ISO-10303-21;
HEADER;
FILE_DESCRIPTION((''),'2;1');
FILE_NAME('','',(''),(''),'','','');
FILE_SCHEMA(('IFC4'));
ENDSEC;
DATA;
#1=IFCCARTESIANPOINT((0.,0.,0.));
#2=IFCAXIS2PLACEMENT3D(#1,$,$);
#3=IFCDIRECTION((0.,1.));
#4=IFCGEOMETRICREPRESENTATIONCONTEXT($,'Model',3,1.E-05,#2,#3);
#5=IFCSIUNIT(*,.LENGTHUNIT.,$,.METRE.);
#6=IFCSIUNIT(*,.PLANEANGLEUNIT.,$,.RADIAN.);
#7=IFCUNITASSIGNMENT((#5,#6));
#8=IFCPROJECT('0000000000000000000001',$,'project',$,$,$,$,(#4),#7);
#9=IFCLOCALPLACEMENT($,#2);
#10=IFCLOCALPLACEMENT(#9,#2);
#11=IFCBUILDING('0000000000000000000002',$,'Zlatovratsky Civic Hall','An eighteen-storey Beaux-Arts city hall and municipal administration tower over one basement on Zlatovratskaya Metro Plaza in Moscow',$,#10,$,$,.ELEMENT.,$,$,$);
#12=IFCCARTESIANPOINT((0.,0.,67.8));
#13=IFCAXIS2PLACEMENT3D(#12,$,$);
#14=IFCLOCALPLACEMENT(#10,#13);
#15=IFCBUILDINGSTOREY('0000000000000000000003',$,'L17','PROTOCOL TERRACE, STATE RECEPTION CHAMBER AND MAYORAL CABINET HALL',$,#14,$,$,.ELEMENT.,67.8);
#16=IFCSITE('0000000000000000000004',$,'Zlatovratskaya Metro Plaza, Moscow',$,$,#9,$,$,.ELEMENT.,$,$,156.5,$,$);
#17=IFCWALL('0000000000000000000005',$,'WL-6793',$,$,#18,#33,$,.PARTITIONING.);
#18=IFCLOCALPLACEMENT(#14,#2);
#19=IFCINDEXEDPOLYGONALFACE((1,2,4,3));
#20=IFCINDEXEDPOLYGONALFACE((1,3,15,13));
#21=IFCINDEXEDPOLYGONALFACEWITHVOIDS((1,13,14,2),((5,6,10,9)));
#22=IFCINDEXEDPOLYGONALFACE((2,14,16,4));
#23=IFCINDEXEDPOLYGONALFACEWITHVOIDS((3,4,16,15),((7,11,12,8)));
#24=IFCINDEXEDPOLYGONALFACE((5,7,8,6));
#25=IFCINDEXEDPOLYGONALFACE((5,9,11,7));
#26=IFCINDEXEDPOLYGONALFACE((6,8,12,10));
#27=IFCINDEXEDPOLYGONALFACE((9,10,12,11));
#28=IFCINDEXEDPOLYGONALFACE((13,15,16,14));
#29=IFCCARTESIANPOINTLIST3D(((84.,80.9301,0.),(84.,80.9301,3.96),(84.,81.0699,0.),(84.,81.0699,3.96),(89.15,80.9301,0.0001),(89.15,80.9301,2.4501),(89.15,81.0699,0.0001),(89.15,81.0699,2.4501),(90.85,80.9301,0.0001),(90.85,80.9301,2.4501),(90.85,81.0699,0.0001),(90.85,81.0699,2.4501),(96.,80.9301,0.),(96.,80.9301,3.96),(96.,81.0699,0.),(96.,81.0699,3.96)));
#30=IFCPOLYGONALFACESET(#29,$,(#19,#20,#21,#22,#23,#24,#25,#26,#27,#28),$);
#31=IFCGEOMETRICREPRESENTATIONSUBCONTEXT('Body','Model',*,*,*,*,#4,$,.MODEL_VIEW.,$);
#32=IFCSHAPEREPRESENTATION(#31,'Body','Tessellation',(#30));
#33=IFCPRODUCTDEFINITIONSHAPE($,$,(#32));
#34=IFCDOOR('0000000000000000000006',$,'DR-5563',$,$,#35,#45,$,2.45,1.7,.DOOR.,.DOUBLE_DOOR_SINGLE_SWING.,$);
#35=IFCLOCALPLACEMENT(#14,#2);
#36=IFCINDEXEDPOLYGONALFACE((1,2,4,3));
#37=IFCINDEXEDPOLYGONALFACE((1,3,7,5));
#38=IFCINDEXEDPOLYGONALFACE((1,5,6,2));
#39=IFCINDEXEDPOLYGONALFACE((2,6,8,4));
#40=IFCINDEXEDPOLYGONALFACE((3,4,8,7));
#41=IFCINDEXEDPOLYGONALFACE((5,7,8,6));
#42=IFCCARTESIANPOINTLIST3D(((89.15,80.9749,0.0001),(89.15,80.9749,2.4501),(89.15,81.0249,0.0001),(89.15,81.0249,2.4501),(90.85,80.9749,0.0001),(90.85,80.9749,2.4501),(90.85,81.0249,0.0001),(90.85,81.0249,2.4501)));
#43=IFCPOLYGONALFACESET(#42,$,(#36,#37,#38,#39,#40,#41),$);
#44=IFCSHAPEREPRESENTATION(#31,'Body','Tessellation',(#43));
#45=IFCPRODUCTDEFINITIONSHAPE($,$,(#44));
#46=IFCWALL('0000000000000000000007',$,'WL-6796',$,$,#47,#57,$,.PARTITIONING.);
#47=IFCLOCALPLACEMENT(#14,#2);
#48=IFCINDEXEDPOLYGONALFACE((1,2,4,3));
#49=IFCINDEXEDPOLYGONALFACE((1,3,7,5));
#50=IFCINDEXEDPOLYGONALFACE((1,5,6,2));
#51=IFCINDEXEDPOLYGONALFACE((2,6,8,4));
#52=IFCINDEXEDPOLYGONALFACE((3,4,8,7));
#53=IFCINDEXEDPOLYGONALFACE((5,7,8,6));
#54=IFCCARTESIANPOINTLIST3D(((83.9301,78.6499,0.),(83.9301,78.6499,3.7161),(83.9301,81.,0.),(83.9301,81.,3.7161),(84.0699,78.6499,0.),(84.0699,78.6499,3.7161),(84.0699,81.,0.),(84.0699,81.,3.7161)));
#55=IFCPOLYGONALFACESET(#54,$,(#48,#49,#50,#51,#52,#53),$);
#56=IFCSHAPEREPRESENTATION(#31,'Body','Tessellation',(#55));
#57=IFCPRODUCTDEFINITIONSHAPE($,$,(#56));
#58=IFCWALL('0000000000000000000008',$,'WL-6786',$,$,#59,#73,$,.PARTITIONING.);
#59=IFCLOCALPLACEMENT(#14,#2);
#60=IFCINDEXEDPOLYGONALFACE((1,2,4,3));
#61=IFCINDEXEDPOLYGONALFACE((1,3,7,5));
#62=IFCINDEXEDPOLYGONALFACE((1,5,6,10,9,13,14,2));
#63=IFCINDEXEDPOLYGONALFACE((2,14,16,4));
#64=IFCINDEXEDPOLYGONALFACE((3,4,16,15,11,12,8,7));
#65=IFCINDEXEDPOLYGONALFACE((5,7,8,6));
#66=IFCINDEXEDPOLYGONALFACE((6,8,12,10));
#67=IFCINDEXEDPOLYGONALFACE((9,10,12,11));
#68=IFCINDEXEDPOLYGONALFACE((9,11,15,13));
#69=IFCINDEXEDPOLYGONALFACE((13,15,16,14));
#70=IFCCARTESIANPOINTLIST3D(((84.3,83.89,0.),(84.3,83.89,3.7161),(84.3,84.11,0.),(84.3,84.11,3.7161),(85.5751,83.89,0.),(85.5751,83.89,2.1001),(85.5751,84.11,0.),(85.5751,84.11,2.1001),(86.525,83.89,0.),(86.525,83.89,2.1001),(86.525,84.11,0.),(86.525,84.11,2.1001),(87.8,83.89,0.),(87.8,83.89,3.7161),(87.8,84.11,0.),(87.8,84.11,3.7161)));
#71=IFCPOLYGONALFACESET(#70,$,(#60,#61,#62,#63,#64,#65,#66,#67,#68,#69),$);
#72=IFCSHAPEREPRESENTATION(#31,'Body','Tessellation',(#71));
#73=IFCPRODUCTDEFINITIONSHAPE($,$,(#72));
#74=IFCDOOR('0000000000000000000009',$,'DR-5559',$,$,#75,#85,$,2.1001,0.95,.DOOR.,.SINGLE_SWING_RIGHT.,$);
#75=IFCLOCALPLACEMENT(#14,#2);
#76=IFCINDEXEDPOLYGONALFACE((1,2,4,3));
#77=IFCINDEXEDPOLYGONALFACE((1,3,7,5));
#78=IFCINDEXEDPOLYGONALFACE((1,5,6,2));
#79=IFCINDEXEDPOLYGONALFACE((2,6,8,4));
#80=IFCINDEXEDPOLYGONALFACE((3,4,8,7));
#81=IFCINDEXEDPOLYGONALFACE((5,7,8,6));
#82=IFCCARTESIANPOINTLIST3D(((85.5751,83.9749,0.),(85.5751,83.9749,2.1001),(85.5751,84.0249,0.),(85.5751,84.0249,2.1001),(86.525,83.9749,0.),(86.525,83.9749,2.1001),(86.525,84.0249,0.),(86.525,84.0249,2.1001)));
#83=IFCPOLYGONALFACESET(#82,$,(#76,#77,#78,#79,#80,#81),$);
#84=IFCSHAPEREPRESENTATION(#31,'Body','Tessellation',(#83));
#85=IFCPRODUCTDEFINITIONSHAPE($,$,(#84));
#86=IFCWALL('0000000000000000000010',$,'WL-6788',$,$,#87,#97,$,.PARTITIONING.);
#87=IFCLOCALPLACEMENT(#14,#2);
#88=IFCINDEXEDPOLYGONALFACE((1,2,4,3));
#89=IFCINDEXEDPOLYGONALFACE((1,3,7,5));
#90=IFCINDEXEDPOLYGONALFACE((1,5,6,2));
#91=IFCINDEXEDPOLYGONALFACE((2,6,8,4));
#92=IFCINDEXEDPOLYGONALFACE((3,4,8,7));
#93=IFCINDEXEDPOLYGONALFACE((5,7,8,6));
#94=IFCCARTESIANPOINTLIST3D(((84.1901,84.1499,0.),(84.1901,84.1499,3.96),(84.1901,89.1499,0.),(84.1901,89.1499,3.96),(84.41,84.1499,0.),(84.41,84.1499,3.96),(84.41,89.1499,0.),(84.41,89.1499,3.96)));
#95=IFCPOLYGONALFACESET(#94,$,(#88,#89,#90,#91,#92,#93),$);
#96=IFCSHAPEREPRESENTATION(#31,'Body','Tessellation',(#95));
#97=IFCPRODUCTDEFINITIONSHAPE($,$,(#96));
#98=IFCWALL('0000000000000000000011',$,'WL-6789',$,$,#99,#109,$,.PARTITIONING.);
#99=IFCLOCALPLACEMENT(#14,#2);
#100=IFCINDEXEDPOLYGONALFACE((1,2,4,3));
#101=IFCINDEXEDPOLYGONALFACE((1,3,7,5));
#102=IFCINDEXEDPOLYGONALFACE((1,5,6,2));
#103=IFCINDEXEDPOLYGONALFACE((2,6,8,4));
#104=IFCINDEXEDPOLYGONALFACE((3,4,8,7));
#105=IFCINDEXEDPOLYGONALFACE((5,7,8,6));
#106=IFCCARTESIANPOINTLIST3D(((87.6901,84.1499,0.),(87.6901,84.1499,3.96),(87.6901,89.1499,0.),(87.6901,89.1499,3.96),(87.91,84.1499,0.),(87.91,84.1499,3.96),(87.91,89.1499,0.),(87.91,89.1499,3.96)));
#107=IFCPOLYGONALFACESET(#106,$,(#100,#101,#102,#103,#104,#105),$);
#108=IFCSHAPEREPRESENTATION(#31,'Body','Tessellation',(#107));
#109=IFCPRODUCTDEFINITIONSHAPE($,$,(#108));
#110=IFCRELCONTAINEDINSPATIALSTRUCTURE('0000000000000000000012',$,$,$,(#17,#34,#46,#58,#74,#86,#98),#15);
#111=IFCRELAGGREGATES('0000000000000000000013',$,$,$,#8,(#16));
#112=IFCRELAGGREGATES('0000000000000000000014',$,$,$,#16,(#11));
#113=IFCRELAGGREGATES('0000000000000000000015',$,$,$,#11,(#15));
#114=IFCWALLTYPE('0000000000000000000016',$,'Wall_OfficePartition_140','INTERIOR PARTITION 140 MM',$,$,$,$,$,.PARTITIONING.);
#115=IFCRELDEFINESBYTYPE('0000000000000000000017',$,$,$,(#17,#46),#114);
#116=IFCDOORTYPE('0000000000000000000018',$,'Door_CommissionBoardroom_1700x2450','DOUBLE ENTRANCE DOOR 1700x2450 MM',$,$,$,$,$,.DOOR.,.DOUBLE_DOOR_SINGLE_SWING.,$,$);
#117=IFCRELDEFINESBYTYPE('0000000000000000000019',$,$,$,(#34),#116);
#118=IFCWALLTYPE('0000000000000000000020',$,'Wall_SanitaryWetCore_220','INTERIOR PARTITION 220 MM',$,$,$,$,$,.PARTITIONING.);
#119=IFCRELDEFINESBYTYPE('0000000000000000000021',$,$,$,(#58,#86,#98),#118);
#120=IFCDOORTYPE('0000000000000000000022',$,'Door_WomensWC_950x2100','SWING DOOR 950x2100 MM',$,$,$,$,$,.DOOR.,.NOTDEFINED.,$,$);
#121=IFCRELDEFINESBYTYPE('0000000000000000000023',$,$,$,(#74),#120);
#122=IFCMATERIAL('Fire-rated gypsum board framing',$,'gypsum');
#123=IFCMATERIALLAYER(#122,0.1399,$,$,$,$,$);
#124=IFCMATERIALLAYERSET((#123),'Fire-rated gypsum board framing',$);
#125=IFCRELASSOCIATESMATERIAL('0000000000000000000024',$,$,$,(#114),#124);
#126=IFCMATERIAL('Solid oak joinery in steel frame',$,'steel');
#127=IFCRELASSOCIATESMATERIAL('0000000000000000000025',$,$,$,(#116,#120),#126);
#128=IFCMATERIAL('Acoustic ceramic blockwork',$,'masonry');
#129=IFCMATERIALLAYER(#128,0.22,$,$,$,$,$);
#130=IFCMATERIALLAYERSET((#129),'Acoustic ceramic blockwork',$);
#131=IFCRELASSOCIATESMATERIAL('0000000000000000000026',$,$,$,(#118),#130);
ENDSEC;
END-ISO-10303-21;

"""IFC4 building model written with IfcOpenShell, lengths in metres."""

from ifc_helpers import new_model, si_unit, direction, frame, frame_2d, origin, place, context, subcontext, project, spatial, rectangle, extrude, material, layer, layer_set, type_object, element, fill, save


model = new_model("IFC4")

# Units and contexts
model_context = context("Model", 3, precision=1e-05, world=origin(), true_north=direction((0.0, 1.0)))
body_context = subcontext(model_context, "Body", "Model", "MODEL_VIEW")
ifc_project = project(units=[si_unit("LENGTHUNIT", "METRE"), si_unit("PLANEANGLEUNIT", "RADIAN")], contexts=[model_context])

# Site, building, storey
site_placement = place(None, origin())
site = spatial("IfcSite", under=ifc_project, at=site_placement, Name="Zlatovratskaya Metro Plaza, Moscow", CompositionType="ELEMENT", RefElevation=156.5)
building_placement = place(site_placement, origin())
building = spatial("IfcBuilding", under=site, at=building_placement, Name="Zlatovratsky Civic Hall", Description="An eighteen-storey Beaux-Arts city hall and municipal administration tower over one basement on Zlatovratskaya Metro Plaza in Moscow", CompositionType="ELEMENT")
storey_placement = place(building_placement, frame((0.0, 0.0, 67.8)))
storey = spatial("IfcBuildingStorey", under=building, at=storey_placement, Name="L17", Description="PROTOCOL TERRACE, STATE RECEPTION CHAMBER AND MAYORAL CABINET HALL", CompositionType="ELEMENT", Elevation=67.8)

# Wall, opening, door
ifc_material_1 = material(Name="Fire-rated gypsum board framing", Category="gypsum")
ifc_layer_1 = layer(ifc_material_1, 0.1399)
ifc_layer_set_1 = layer_set([ifc_layer_1], Name="Fire-rated gypsum board framing")
wall_type_1 = type_object("IfcWallType", Name="Wall_OfficePartition_140", Description="INTERIOR PARTITION 140 MM", PredefinedType="PARTITIONING", material=ifc_layer_set_1)
wall_1_placement = place(storey_placement, frame((84.0, 81.0, 0.0), z_axis=(0.0, 0.0, 1.0), x_axis=(1.0, 0.0, 0.0)))
wall_1 = element("IfcWall", 1, at=wall_1_placement, inside=storey, type_object=wall_type_1, Name="WL-6793", PredefinedType="PARTITIONING", context=body_context, shape_type="SweptSolid", body=[
    extrude(rectangle(XDim=12.0, YDim=0.1399, at=frame_2d((6.0, 0.0))), origin(), (0.0, 0.0, 1.0), 3.96),
])
opening_1_placement = place(wall_1_placement, frame((5.1499, 0.0, 0.0)))
opening_1 = element("IfcOpeningElement", 2, at=opening_1_placement, cuts=wall_1, PredefinedType="OPENING", context=body_context, shape_type="SweptSolid", body=[
    extrude(rectangle(XDim=1.7, YDim=2.45, at=frame_2d((0.8501, 1.2251))), frame((0.0, 0.085, 0.0), z_axis=(0.0, -1.0, 0.0), x_axis=(1.0, 0.0, 0.0)), (0.0, 0.0, 1.0), 0.1697),
])
ifc_material_2 = material(Name="Solid oak joinery in steel frame", Category="steel")
door_type_1 = type_object("IfcDoorType", Name="Door_CommissionBoardroom_1700x2450", Description="DOUBLE ENTRANCE DOOR 1700x2450 MM", OperationType="DOUBLE_DOOR_SINGLE_SWING", PredefinedType="DOOR", material=ifc_material_2)
door_1_placement = place(opening_1_placement, origin())
door_1 = element("IfcDoor", 3, at=door_1_placement, inside=storey, type_object=door_type_1, Name="DR-5563", OperationType="DOUBLE_DOOR_SINGLE_SWING", OverallHeight=2.45, OverallWidth=1.7, PredefinedType="DOOR", context=body_context, shape_type="SweptSolid", body=[
    extrude(rectangle(XDim=1.7, YDim=2.45, at=frame_2d((0.8501, 1.2251))), frame((0.0, 0.0249, 0.0), z_axis=(0.0, -1.0, 0.0), x_axis=(1.0, 0.0, 0.0)), (0.0, 0.0, 1.0), 0.05),
])
fill(opening_1, door_1)

# Wall
wall_2_placement = place(storey_placement, frame((84.0, 78.6499, 0.0), z_axis=(0.0, 0.0, 1.0), x_axis=(0.0, 1.0, 0.0)))
element("IfcWall", 4, at=wall_2_placement, inside=storey, type_object=wall_type_1, Name="WL-6796", PredefinedType="PARTITIONING", context=body_context, shape_type="SweptSolid", body=[
    extrude(rectangle(XDim=2.3501, YDim=0.1399, at=frame_2d((1.175, 0.0))), origin(), (0.0, 0.0, 1.0), 3.7161),
])

# Wall, opening, door
ifc_material_3 = material(Name="Acoustic ceramic blockwork", Category="masonry")
ifc_layer_2 = layer(ifc_material_3, 0.22)
ifc_layer_set_2 = layer_set([ifc_layer_2], Name="Acoustic ceramic blockwork")
wall_type_2 = type_object("IfcWallType", Name="Wall_SanitaryWetCore_220", Description="INTERIOR PARTITION 220 MM", PredefinedType="PARTITIONING", material=ifc_layer_set_2)
wall_3_placement = place(storey_placement, frame((84.3, 84.0, 0.0), z_axis=(0.0, 0.0, 1.0), x_axis=(1.0, 0.0, 0.0)))
wall_3 = element("IfcWall", 5, at=wall_3_placement, inside=storey, type_object=wall_type_2, Name="WL-6786", PredefinedType="PARTITIONING", context=body_context, shape_type="SweptSolid", body=[
    extrude(rectangle(XDim=3.5, YDim=0.22, at=frame_2d((1.75, 0.0))), origin(), (0.0, 0.0, 1.0), 3.7161),
])
opening_2_placement = place(wall_3_placement, frame((1.2749, 0.0, 0.0)))
opening_2 = element("IfcOpeningElement", 6, at=opening_2_placement, cuts=wall_3, PredefinedType="OPENING", context=body_context, shape_type="SweptSolid", body=[
    extrude(rectangle(XDim=0.95, YDim=2.1001, at=frame_2d((0.4751, 1.05))), frame((0.0, 0.125, 0.0), z_axis=(0.0, -1.0, 0.0), x_axis=(1.0, 0.0, 0.0)), (0.0, 0.0, 1.0), 0.2498),
])
door_type_2 = type_object("IfcDoorType", Name="Door_WomensWC_950x2100", Description="SWING DOOR 950x2100 MM", OperationType="NOTDEFINED", PredefinedType="DOOR", material=ifc_material_2)
door_2_placement = place(opening_2_placement, origin())
door_2 = element("IfcDoor", 7, at=door_2_placement, inside=storey, type_object=door_type_2, Name="DR-5559", OperationType="SINGLE_SWING_RIGHT", OverallHeight=2.1001, OverallWidth=0.95, PredefinedType="DOOR", context=body_context, shape_type="SweptSolid", body=[
    extrude(rectangle(XDim=0.95, YDim=2.1001, at=frame_2d((0.4751, 1.05))), frame((0.0, 0.0249, 0.0), z_axis=(0.0, -1.0, 0.0), x_axis=(1.0, 0.0, 0.0)), (0.0, 0.0, 1.0), 0.05),
])
fill(opening_2, door_2)

# Walls
for number, where, z_axis, x_axis, name in (
    (8, (84.3, 84.1499, 0.0), (0.0, 0.0, 1.0), (0.0, 1.0, 0.0), "WL-6788"),
    (9, (87.8, 84.1499, 0.0), (0.0, 0.0, 1.0), (0.0, 1.0, 0.0), "WL-6789"),
):
    element("IfcWall", number, at=place(storey_placement, frame(where, z_axis=z_axis, x_axis=x_axis)), inside=storey, type_object=wall_type_2, Name=name, PredefinedType="PARTITIONING", context=body_context, shape_type="SweptSolid", body=[
        extrude(rectangle(XDim=5.0, YDim=0.22, at=frame_2d((2.5, 0.0))), origin(), (0.0, 0.0, 1.0), 3.96),
    ])

save(model, "model.ifc")
